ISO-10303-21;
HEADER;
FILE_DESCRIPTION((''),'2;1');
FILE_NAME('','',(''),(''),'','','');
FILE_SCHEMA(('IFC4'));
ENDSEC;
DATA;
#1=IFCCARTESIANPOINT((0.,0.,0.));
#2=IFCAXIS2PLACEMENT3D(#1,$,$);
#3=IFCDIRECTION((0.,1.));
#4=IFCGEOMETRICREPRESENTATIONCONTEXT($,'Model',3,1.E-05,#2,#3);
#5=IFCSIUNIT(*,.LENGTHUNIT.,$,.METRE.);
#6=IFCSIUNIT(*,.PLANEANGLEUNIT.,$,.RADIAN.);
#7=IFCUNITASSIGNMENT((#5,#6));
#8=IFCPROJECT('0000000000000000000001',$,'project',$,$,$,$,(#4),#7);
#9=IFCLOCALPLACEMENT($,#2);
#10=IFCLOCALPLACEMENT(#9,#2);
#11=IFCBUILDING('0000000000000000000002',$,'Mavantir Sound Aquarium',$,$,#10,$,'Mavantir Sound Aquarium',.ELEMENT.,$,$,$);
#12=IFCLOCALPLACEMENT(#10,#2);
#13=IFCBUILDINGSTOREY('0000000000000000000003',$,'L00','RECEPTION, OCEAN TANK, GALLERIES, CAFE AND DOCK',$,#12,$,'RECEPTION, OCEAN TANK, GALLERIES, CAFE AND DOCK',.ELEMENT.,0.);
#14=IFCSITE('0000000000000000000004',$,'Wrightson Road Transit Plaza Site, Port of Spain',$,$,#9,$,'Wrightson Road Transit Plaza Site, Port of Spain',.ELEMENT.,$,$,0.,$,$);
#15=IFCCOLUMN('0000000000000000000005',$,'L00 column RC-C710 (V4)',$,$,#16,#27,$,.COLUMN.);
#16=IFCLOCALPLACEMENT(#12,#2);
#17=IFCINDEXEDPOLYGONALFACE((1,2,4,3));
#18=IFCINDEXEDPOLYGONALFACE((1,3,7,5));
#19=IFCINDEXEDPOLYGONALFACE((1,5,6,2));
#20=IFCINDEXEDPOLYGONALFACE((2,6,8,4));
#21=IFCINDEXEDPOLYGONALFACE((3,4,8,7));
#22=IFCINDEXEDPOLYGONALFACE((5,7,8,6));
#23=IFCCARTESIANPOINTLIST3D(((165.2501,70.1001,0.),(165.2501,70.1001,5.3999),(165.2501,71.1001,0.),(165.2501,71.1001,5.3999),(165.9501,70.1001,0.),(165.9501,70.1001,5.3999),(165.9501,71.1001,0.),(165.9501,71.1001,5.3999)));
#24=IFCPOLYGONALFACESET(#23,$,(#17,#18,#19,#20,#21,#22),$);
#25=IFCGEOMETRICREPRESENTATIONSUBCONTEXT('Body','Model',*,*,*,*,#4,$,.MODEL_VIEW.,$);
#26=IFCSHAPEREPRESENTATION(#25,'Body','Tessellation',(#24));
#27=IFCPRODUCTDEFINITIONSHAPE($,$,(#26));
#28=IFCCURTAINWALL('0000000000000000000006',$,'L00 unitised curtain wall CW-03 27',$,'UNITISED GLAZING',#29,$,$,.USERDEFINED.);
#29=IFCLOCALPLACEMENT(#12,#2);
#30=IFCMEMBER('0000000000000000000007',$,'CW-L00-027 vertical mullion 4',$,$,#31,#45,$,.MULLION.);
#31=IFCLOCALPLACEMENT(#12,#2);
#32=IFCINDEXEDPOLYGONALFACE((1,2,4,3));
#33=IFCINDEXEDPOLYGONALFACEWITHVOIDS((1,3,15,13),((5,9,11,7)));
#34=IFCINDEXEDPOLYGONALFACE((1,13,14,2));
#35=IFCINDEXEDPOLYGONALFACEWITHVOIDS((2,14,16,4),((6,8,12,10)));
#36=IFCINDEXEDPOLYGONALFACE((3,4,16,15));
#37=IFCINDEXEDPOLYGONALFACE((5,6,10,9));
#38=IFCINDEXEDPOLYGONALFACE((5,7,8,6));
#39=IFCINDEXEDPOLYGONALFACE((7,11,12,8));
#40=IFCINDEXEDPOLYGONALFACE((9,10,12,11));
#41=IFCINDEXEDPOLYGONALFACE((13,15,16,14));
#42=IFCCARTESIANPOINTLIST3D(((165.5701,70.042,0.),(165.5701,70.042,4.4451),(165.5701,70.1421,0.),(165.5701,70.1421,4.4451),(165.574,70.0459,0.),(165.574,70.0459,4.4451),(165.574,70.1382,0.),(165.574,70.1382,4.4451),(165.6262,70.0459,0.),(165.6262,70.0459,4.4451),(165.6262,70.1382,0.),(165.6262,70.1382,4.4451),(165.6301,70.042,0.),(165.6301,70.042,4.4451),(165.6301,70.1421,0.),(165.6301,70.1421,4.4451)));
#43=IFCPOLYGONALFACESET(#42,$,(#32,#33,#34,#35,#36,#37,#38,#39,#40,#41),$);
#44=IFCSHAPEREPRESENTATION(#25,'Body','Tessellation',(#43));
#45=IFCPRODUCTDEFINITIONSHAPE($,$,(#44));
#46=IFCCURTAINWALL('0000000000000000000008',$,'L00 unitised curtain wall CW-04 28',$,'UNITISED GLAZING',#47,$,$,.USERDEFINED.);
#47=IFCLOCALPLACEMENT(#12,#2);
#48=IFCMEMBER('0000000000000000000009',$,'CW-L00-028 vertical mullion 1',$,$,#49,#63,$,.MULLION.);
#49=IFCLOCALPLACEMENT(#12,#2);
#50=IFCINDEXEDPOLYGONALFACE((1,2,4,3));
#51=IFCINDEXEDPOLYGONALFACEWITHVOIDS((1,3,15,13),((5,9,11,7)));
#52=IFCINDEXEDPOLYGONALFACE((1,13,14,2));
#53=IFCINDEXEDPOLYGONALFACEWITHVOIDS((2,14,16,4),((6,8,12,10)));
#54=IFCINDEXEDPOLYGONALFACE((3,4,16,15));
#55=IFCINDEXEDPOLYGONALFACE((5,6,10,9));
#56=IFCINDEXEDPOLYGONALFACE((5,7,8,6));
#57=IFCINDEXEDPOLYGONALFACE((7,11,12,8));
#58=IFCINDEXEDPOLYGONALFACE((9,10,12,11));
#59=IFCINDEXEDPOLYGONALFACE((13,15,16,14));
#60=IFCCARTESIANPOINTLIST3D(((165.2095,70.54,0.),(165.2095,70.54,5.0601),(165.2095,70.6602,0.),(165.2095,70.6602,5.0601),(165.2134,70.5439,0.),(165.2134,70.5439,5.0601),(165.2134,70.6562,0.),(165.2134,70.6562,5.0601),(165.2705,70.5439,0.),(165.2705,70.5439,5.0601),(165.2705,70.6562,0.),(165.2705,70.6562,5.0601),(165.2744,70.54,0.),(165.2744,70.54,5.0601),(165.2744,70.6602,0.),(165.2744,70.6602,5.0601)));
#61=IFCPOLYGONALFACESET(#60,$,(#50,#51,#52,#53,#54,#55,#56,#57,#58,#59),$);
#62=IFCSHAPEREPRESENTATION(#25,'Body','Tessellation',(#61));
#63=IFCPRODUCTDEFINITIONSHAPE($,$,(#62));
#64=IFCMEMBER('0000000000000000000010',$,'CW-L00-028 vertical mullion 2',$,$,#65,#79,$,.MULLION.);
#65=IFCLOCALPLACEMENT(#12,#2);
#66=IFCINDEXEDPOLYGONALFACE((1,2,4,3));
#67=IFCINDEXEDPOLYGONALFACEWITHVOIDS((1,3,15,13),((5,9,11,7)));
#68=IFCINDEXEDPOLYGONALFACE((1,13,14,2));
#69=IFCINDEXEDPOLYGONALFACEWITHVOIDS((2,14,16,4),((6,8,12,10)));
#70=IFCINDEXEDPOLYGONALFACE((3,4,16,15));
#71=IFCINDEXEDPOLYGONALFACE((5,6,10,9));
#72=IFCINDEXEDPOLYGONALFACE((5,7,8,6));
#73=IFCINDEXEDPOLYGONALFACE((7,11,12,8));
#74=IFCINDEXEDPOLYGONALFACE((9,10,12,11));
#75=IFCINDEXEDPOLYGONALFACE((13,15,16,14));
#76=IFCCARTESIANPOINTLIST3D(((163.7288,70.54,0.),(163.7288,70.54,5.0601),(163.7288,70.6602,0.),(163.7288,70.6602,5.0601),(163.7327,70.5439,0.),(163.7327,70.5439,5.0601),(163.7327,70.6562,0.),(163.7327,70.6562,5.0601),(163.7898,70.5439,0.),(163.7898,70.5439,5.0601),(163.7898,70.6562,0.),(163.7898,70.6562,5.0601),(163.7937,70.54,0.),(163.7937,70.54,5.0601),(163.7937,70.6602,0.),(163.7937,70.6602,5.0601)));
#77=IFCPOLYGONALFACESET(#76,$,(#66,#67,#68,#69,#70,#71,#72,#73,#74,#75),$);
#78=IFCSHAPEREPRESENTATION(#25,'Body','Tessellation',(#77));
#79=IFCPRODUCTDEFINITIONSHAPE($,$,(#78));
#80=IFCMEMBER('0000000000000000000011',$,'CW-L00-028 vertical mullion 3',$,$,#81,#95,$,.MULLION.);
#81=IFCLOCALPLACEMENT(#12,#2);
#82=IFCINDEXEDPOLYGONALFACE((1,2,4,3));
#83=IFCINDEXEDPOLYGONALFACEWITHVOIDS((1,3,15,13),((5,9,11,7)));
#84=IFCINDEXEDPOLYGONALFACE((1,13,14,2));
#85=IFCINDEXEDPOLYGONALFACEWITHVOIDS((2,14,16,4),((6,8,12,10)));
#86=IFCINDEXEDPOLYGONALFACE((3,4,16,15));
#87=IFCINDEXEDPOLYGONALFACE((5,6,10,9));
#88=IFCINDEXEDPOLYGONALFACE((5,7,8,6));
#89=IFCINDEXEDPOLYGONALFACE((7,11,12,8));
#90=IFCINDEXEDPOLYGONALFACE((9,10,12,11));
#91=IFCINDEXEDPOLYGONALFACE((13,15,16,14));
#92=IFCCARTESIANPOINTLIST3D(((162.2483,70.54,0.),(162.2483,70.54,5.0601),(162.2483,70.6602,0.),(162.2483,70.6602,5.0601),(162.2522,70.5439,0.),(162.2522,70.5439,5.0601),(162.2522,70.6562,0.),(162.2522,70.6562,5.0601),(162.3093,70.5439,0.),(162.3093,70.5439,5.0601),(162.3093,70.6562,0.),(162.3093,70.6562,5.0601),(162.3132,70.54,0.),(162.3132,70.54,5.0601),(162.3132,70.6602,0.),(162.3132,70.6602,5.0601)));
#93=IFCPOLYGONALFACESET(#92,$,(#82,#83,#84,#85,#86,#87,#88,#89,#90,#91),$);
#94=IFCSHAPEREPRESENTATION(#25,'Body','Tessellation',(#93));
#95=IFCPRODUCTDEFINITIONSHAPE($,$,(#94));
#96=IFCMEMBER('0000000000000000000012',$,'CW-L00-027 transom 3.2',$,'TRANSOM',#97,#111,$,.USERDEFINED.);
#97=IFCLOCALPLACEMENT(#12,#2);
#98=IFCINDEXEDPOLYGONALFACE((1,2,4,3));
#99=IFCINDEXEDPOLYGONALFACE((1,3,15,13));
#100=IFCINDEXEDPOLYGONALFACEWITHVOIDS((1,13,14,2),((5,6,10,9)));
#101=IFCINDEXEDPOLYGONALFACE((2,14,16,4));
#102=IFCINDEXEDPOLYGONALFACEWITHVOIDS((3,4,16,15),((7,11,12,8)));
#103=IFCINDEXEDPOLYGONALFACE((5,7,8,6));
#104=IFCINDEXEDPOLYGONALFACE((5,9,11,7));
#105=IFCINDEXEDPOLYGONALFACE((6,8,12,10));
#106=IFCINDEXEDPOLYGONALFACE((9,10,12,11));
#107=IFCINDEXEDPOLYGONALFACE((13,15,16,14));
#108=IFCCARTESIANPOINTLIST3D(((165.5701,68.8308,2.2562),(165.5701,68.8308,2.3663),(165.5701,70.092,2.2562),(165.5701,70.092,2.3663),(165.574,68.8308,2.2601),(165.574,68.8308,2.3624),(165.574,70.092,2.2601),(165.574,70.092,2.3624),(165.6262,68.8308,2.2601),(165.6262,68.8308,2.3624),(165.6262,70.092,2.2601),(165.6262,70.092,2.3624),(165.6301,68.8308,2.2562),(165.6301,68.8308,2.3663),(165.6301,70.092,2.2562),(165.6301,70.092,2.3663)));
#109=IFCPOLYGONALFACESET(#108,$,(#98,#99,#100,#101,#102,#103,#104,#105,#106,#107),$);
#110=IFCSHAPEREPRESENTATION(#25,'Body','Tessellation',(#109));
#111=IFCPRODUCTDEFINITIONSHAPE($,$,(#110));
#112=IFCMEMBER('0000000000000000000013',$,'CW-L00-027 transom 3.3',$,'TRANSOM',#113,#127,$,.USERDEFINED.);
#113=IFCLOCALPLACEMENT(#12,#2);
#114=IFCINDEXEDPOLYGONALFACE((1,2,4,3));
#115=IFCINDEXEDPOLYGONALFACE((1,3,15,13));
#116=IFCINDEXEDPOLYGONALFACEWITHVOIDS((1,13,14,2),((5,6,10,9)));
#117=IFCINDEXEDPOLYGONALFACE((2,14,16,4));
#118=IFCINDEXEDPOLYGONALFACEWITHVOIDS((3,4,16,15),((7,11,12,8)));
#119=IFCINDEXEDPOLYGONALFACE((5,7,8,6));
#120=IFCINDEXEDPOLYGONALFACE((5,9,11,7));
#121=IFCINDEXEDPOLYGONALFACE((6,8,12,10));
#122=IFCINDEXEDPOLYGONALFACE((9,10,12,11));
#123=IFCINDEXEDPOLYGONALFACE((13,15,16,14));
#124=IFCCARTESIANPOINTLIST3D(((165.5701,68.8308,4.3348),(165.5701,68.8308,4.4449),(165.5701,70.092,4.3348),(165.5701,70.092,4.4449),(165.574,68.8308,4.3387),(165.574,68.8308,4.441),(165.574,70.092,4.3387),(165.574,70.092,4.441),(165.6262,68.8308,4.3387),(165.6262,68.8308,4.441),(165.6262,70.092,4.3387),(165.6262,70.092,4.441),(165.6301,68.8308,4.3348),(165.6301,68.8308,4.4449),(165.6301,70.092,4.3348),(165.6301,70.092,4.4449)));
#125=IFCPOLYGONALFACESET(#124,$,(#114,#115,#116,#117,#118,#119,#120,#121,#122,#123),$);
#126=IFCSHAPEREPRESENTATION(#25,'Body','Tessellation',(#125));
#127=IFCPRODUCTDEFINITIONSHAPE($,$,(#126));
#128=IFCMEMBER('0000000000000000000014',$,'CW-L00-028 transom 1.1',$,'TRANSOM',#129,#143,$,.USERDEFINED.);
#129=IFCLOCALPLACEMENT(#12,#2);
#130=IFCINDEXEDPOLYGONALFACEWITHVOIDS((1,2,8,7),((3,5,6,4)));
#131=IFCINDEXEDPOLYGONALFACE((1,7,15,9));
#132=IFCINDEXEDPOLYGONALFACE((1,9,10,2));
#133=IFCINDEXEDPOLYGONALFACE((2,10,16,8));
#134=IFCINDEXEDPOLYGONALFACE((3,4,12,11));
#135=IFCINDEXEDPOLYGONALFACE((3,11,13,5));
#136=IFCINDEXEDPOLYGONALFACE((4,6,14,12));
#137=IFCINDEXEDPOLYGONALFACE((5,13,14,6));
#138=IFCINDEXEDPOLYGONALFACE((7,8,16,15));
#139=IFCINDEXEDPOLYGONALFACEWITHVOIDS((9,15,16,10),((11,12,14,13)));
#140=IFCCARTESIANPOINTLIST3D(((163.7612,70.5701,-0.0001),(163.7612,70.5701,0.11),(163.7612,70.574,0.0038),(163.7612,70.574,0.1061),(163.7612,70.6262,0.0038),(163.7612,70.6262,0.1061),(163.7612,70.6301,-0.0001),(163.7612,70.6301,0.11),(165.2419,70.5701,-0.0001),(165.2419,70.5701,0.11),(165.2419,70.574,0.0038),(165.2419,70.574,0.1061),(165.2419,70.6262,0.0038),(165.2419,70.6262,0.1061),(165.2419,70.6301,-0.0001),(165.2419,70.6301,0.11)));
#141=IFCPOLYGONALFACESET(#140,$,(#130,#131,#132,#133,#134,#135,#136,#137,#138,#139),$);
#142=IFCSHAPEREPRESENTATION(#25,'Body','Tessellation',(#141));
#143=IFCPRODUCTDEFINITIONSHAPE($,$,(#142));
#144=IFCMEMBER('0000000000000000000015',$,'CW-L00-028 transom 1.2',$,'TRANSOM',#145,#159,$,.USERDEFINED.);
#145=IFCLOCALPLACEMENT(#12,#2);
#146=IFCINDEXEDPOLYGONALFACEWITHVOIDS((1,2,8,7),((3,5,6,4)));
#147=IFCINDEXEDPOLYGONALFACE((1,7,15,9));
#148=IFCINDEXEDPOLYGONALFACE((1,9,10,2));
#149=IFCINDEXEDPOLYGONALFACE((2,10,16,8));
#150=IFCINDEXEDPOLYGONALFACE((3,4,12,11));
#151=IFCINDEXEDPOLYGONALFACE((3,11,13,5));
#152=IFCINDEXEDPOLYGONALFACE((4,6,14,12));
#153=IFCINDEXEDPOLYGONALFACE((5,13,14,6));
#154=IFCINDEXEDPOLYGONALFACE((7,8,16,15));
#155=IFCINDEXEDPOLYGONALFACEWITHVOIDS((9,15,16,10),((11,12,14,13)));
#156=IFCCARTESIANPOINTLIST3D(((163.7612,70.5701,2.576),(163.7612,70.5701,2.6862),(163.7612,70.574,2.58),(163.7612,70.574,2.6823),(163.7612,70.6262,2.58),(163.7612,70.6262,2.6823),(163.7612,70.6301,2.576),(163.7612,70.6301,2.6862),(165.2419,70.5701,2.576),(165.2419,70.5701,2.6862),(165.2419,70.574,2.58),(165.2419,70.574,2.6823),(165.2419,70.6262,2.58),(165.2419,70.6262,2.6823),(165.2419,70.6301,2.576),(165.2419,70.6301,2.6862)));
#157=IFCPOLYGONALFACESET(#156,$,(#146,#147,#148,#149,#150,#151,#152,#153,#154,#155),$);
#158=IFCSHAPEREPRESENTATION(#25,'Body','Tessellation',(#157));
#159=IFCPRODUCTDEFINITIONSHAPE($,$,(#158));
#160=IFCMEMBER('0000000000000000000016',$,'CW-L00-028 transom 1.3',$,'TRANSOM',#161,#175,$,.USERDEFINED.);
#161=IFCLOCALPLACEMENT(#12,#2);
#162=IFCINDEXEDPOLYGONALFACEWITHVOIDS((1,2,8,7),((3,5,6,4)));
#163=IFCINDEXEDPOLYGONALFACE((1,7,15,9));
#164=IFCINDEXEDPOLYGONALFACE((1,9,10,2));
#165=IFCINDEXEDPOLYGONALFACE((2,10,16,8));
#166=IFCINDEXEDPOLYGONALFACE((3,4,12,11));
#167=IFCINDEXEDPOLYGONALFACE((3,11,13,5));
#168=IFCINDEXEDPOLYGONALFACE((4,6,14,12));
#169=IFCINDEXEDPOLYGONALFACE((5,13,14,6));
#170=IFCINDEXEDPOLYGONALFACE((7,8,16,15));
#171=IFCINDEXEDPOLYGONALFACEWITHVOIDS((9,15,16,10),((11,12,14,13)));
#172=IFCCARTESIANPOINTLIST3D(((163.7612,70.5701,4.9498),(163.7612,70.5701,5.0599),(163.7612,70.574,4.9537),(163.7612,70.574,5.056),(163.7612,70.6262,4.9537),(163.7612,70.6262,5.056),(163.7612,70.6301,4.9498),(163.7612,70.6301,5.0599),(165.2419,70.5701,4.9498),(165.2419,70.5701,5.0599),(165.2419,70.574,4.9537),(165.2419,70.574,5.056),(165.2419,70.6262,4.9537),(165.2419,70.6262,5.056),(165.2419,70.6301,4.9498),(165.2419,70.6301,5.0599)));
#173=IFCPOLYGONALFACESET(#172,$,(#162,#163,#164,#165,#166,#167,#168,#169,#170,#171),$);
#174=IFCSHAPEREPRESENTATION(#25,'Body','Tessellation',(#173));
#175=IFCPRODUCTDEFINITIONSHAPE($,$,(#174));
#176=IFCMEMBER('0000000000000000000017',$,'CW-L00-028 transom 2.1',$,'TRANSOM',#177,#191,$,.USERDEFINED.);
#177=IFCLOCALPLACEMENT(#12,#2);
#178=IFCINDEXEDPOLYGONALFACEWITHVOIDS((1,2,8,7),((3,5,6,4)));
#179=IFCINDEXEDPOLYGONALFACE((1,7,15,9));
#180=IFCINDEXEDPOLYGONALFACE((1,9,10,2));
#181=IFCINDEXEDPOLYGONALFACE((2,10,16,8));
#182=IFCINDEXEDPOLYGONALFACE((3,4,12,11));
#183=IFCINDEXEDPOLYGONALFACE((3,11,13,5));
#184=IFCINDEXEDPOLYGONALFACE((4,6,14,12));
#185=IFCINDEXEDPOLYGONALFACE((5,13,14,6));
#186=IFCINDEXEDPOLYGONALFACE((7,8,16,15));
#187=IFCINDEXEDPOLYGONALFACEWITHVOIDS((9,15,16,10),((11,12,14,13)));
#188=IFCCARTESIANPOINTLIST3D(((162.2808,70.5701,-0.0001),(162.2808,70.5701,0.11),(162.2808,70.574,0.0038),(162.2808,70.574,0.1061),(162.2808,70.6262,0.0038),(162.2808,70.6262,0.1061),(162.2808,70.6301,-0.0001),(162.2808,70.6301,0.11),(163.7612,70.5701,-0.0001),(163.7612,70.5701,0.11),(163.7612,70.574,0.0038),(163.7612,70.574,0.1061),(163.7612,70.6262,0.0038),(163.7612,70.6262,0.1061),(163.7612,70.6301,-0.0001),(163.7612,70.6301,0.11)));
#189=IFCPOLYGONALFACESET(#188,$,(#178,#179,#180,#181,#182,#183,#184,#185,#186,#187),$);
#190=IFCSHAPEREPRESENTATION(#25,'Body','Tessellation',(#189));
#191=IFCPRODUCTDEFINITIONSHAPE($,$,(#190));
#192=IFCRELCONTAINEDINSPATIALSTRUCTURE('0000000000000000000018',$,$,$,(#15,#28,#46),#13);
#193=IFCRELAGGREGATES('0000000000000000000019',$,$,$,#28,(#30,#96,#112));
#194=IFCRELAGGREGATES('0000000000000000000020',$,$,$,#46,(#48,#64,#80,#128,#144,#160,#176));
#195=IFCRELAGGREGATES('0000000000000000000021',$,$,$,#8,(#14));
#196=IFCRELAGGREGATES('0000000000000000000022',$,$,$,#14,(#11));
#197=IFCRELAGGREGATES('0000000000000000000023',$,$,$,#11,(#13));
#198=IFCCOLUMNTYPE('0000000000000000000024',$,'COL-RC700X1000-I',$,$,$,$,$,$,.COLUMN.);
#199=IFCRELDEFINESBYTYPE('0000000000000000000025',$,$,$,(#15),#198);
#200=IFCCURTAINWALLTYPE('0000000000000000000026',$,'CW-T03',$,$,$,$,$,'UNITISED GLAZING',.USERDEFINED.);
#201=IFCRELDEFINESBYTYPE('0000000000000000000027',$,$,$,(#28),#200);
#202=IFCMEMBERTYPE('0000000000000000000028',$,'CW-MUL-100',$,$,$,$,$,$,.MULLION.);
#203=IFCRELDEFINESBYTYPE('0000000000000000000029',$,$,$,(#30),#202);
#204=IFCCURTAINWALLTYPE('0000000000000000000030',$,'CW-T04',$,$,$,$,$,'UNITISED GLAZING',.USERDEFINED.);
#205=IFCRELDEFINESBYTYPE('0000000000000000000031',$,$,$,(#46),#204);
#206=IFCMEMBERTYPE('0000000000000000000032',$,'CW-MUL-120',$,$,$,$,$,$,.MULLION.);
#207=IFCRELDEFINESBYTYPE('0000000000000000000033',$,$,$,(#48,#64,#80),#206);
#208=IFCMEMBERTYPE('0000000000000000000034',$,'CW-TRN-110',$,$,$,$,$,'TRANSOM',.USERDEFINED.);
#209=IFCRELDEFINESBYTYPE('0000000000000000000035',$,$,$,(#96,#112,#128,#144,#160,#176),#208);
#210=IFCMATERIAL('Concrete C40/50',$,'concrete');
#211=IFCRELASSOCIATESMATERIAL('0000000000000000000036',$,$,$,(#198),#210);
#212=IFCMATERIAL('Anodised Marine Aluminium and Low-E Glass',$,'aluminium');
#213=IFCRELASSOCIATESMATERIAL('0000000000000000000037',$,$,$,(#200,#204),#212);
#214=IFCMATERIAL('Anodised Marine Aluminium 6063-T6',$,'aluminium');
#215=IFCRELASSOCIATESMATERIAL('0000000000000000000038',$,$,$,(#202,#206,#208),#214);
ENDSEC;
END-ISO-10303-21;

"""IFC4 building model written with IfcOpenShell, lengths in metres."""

from ifc_helpers import new_model, si_unit, direction, frame, origin, origin_2d, place, context, subcontext, project, spatial, rectangle, hollow_rectangle, extrude, material, material_profile, profile_set, type_object, element, aggregate, save


model = new_model("IFC4")

# Units and contexts
model_context = context("Model", 3, precision=1e-05, world=origin(), true_north=direction((0.0, 1.0)))
body_context = subcontext(model_context, "Body", "Model", "MODEL_VIEW")
ifc_project = project(units=[si_unit("LENGTHUNIT", "METRE"), si_unit("PLANEANGLEUNIT", "RADIAN")], contexts=[model_context])

# Site, building, storey
site_placement = place(None, origin())
site = spatial("IfcSite", under=ifc_project, at=site_placement, Name="Wrightson Road Transit Plaza Site, Port of Spain", LongName="Wrightson Road Transit Plaza Site, Port of Spain", CompositionType="ELEMENT", RefElevation=0.0)
building_placement = place(site_placement, origin())
building = spatial("IfcBuilding", under=site, at=building_placement, Name="Mavantir Sound Aquarium", LongName="Mavantir Sound Aquarium", CompositionType="ELEMENT")
storey_placement = place(building_placement, origin())
storey = spatial("IfcBuildingStorey", under=building, at=storey_placement, Name="L00", Description="RECEPTION, OCEAN TANK, GALLERIES, CAFE AND DOCK", LongName="RECEPTION, OCEAN TANK, GALLERIES, CAFE AND DOCK", CompositionType="ELEMENT", Elevation=0.0)

# Column
ifc_material_1 = material(Name="Concrete C40/50", Category="concrete")
ifc_material_profile_1 = material_profile(ifc_material_1, rectangle(XDim=0.7, YDim=1.0, at=origin_2d()), Name="RC 700X1000")
ifc_profile_set_1 = profile_set([ifc_material_profile_1], Name="Concrete C40/50")
column_type = type_object("IfcColumnType", Name="COL-RC700X1000-I", PredefinedType="COLUMN", material=ifc_profile_set_1)
column_placement = place(storey_placement, frame((165.6001, 70.6001, 0.0), z_axis=(0.0, 0.0, 1.0), x_axis=(1.0, 0.0, 0.0)))
element("IfcColumn", 1, at=column_placement, inside=storey, type_object=column_type, Name="L00 column RC-C710 (V4)", PredefinedType="COLUMN", context=body_context, shape_type="SweptSolid", body=[
    extrude(rectangle(XDim=0.7, YDim=1.0, at=origin_2d()), origin(), (0.0, 0.0, 1.0), 5.3999),
])

# Curtain wall, member
ifc_material_2 = material(Name="Anodised Marine Aluminium and Low-E Glass", Category="aluminium")
curtain_wall_type_1 = type_object("IfcCurtainWallType", Name="CW-T03", ElementType="UNITISED GLAZING", PredefinedType="USERDEFINED", material=ifc_material_2)
curtain_wall_1_placement = place(storey_placement, origin())
curtain_wall_1 = element("IfcCurtainWall", 2, at=curtain_wall_1_placement, inside=storey, type_object=curtain_wall_type_1, Name="L00 unitised curtain wall CW-03 27", ObjectType="UNITISED GLAZING", PredefinedType="USERDEFINED")
ifc_material_3 = material(Name="Anodised Marine Aluminium 6063-T6", Category="aluminium")
ifc_material_profile_2 = material_profile(ifc_material_3, hollow_rectangle(XDim=0.0601, YDim=0.1001, WallThickness=0.0039, at=origin_2d()), Name="ALU-MULLION-100X60")
ifc_profile_set_2 = profile_set([ifc_material_profile_2], Name="Anodised Marine Aluminium 6063-T6")
member_type_1 = type_object("IfcMemberType", Name="CW-MUL-100", PredefinedType="MULLION", material=ifc_profile_set_2)
member_1_placement = place(storey_placement, frame((165.6001, 70.092, 0.0), z_axis=(0.0, 0.0, 1.0), x_axis=(1.0, 0.0, 0.0)))
member_1 = element("IfcMember", 3, at=member_1_placement, type_object=member_type_1, Name="CW-L00-027 vertical mullion 4", PredefinedType="MULLION", context=body_context, shape_type="SweptSolid", body=[
    extrude(hollow_rectangle(XDim=0.0601, YDim=0.1001, WallThickness=0.0039, at=origin_2d()), origin(), (0.0, 0.0, 1.0), 4.4451),
])

# Curtain wall, members
curtain_wall_type_2 = type_object("IfcCurtainWallType", Name="CW-T04", ElementType="UNITISED GLAZING", PredefinedType="USERDEFINED", material=ifc_material_2)
curtain_wall_2_placement = place(storey_placement, origin())
curtain_wall_2 = element("IfcCurtainWall", 4, at=curtain_wall_2_placement, inside=storey, type_object=curtain_wall_type_2, Name="L00 unitised curtain wall CW-04 28", ObjectType="UNITISED GLAZING", PredefinedType="USERDEFINED")
ifc_material_profile_3 = material_profile(ifc_material_3, hollow_rectangle(XDim=0.0649, YDim=0.1201, WallThickness=0.0039, at=origin_2d()), Name="ALU-MULLION-120X65")
ifc_profile_set_3 = profile_set([ifc_material_profile_3], Name="Anodised Marine Aluminium 6063-T6")
member_type_2 = type_object("IfcMemberType", Name="CW-MUL-120", PredefinedType="MULLION", material=ifc_profile_set_3)
member_2_placement = place(storey_placement, frame((165.2419, 70.6001, 0.0), z_axis=(0.0, 0.0, 1.0), x_axis=(1.0, 0.0, 0.0)))
member_2 = element("IfcMember", 5, at=member_2_placement, type_object=member_type_2, Name="CW-L00-028 vertical mullion 1", PredefinedType="MULLION", context=body_context, shape_type="SweptSolid", body=[
    extrude(hollow_rectangle(XDim=0.0649, YDim=0.1201, WallThickness=0.0039, at=origin_2d()), origin(), (0.0, 0.0, 1.0), 5.0601),
])
member_3_placement = place(storey_placement, frame((163.7612, 70.6001, 0.0), z_axis=(0.0, 0.0, 1.0), x_axis=(1.0, 0.0, 0.0)))
member_3 = element("IfcMember", 6, at=member_3_placement, type_object=member_type_2, Name="CW-L00-028 vertical mullion 2", PredefinedType="MULLION", context=body_context, shape_type="SweptSolid", body=[
    extrude(hollow_rectangle(XDim=0.0649, YDim=0.1201, WallThickness=0.0039, at=origin_2d()), origin(), (0.0, 0.0, 1.0), 5.0601),
])
member_4_placement = place(storey_placement, frame((162.2808, 70.6001, 0.0), z_axis=(0.0, 0.0, 1.0), x_axis=(1.0, 0.0, 0.0)))
member_4 = element("IfcMember", 7, at=member_4_placement, type_object=member_type_2, Name="CW-L00-028 vertical mullion 3", PredefinedType="MULLION", context=body_context, shape_type="SweptSolid", body=[
    extrude(hollow_rectangle(XDim=0.0649, YDim=0.1201, WallThickness=0.0039, at=origin_2d()), origin(), (0.0, 0.0, 1.0), 5.0601),
])

# Members
ifc_material_profile_4 = material_profile(ifc_material_3, hollow_rectangle(XDim=0.0601, YDim=0.1101, WallThickness=0.0039, at=origin_2d()), Name="ALU-TRANSOM-110X60")
ifc_profile_set_4 = profile_set([ifc_material_profile_4], Name="Anodised Marine Aluminium 6063-T6")
member_type_3 = type_object("IfcMemberType", Name="CW-TRN-110", ElementType="TRANSOM", PredefinedType="USERDEFINED", material=ifc_profile_set_4)
member_5_placement = place(storey_placement, frame((165.6001, 68.8308, 2.3113), z_axis=(0.0, 1.0, 0.0), x_axis=(-1.0, 0.0, 0.0)))
member_5 = element("IfcMember", 8, at=member_5_placement, type_object=member_type_3, Name="CW-L00-027 transom 3.2", ObjectType="TRANSOM", PredefinedType="USERDEFINED", context=body_context, shape_type="SweptSolid", body=[
    extrude(hollow_rectangle(XDim=0.0601, YDim=0.1101, WallThickness=0.0039, at=origin_2d()), origin(), (0.0, 0.0, 1.0), 1.2612),
])
member_6_placement = place(storey_placement, frame((165.6001, 68.8308, 4.3899), z_axis=(0.0, 1.0, 0.0), x_axis=(-1.0, 0.0, 0.0)))
member_6 = element("IfcMember", 9, at=member_6_placement, type_object=member_type_3, Name="CW-L00-027 transom 3.3", ObjectType="TRANSOM", PredefinedType="USERDEFINED", context=body_context, shape_type="SweptSolid", body=[
    extrude(hollow_rectangle(XDim=0.0601, YDim=0.1101, WallThickness=0.0039, at=origin_2d()), origin(), (0.0, 0.0, 1.0), 1.2612),
])
member_7_placement = place(storey_placement, frame((165.2419, 70.6001, 0.0549), z_axis=(-1.0, 0.0, 0.0), x_axis=(0.0, -1.0, 0.0)))
member_7 = element("IfcMember", 10, at=member_7_placement, type_object=member_type_3, Name="CW-L00-028 transom 1.1", ObjectType="TRANSOM", PredefinedType="USERDEFINED", context=body_context, shape_type="SweptSolid", body=[
    extrude(hollow_rectangle(XDim=0.0601, YDim=0.1101, WallThickness=0.0039, at=origin_2d()), origin(), (0.0, 0.0, 1.0), 1.4807),
])
member_8_placement = place(storey_placement, frame((165.2419, 70.6001, 2.6311), z_axis=(-1.0, 0.0, 0.0), x_axis=(0.0, -1.0, 0.0)))
member_8 = element("IfcMember", 11, at=member_8_placement, type_object=member_type_3, Name="CW-L00-028 transom 1.2", ObjectType="TRANSOM", PredefinedType="USERDEFINED", context=body_context, shape_type="SweptSolid", body=[
    extrude(hollow_rectangle(XDim=0.0601, YDim=0.1101, WallThickness=0.0039, at=origin_2d()), origin(), (0.0, 0.0, 1.0), 1.4807),
])
member_9_placement = place(storey_placement, frame((165.2419, 70.6001, 5.0049), z_axis=(-1.0, 0.0, 0.0), x_axis=(0.0, -1.0, 0.0)))
member_9 = element("IfcMember", 12, at=member_9_placement, type_object=member_type_3, Name="CW-L00-028 transom 1.3", ObjectType="TRANSOM", PredefinedType="USERDEFINED", context=body_context, shape_type="SweptSolid", body=[
    extrude(hollow_rectangle(XDim=0.0601, YDim=0.1101, WallThickness=0.0039, at=origin_2d()), origin(), (0.0, 0.0, 1.0), 1.4807),
])
member_10_placement = place(storey_placement, frame((163.7612, 70.6001, 0.0549), z_axis=(-1.0, 0.0, 0.0), x_axis=(0.0, -1.0, 0.0)))
member_10 = element("IfcMember", 13, at=member_10_placement, type_object=member_type_3, Name="CW-L00-028 transom 2.1", ObjectType="TRANSOM", PredefinedType="USERDEFINED", context=body_context, shape_type="SweptSolid", body=[
    extrude(hollow_rectangle(XDim=0.0601, YDim=0.1101, WallThickness=0.0039, at=origin_2d()), origin(), (0.0, 0.0, 1.0), 1.4805),
])

aggregate(curtain_wall_1, [member_1, member_5, member_6])
aggregate(curtain_wall_2, [member_2, member_3, member_4, member_7, member_8, member_9, member_10])

save(model, "model.ifc")
